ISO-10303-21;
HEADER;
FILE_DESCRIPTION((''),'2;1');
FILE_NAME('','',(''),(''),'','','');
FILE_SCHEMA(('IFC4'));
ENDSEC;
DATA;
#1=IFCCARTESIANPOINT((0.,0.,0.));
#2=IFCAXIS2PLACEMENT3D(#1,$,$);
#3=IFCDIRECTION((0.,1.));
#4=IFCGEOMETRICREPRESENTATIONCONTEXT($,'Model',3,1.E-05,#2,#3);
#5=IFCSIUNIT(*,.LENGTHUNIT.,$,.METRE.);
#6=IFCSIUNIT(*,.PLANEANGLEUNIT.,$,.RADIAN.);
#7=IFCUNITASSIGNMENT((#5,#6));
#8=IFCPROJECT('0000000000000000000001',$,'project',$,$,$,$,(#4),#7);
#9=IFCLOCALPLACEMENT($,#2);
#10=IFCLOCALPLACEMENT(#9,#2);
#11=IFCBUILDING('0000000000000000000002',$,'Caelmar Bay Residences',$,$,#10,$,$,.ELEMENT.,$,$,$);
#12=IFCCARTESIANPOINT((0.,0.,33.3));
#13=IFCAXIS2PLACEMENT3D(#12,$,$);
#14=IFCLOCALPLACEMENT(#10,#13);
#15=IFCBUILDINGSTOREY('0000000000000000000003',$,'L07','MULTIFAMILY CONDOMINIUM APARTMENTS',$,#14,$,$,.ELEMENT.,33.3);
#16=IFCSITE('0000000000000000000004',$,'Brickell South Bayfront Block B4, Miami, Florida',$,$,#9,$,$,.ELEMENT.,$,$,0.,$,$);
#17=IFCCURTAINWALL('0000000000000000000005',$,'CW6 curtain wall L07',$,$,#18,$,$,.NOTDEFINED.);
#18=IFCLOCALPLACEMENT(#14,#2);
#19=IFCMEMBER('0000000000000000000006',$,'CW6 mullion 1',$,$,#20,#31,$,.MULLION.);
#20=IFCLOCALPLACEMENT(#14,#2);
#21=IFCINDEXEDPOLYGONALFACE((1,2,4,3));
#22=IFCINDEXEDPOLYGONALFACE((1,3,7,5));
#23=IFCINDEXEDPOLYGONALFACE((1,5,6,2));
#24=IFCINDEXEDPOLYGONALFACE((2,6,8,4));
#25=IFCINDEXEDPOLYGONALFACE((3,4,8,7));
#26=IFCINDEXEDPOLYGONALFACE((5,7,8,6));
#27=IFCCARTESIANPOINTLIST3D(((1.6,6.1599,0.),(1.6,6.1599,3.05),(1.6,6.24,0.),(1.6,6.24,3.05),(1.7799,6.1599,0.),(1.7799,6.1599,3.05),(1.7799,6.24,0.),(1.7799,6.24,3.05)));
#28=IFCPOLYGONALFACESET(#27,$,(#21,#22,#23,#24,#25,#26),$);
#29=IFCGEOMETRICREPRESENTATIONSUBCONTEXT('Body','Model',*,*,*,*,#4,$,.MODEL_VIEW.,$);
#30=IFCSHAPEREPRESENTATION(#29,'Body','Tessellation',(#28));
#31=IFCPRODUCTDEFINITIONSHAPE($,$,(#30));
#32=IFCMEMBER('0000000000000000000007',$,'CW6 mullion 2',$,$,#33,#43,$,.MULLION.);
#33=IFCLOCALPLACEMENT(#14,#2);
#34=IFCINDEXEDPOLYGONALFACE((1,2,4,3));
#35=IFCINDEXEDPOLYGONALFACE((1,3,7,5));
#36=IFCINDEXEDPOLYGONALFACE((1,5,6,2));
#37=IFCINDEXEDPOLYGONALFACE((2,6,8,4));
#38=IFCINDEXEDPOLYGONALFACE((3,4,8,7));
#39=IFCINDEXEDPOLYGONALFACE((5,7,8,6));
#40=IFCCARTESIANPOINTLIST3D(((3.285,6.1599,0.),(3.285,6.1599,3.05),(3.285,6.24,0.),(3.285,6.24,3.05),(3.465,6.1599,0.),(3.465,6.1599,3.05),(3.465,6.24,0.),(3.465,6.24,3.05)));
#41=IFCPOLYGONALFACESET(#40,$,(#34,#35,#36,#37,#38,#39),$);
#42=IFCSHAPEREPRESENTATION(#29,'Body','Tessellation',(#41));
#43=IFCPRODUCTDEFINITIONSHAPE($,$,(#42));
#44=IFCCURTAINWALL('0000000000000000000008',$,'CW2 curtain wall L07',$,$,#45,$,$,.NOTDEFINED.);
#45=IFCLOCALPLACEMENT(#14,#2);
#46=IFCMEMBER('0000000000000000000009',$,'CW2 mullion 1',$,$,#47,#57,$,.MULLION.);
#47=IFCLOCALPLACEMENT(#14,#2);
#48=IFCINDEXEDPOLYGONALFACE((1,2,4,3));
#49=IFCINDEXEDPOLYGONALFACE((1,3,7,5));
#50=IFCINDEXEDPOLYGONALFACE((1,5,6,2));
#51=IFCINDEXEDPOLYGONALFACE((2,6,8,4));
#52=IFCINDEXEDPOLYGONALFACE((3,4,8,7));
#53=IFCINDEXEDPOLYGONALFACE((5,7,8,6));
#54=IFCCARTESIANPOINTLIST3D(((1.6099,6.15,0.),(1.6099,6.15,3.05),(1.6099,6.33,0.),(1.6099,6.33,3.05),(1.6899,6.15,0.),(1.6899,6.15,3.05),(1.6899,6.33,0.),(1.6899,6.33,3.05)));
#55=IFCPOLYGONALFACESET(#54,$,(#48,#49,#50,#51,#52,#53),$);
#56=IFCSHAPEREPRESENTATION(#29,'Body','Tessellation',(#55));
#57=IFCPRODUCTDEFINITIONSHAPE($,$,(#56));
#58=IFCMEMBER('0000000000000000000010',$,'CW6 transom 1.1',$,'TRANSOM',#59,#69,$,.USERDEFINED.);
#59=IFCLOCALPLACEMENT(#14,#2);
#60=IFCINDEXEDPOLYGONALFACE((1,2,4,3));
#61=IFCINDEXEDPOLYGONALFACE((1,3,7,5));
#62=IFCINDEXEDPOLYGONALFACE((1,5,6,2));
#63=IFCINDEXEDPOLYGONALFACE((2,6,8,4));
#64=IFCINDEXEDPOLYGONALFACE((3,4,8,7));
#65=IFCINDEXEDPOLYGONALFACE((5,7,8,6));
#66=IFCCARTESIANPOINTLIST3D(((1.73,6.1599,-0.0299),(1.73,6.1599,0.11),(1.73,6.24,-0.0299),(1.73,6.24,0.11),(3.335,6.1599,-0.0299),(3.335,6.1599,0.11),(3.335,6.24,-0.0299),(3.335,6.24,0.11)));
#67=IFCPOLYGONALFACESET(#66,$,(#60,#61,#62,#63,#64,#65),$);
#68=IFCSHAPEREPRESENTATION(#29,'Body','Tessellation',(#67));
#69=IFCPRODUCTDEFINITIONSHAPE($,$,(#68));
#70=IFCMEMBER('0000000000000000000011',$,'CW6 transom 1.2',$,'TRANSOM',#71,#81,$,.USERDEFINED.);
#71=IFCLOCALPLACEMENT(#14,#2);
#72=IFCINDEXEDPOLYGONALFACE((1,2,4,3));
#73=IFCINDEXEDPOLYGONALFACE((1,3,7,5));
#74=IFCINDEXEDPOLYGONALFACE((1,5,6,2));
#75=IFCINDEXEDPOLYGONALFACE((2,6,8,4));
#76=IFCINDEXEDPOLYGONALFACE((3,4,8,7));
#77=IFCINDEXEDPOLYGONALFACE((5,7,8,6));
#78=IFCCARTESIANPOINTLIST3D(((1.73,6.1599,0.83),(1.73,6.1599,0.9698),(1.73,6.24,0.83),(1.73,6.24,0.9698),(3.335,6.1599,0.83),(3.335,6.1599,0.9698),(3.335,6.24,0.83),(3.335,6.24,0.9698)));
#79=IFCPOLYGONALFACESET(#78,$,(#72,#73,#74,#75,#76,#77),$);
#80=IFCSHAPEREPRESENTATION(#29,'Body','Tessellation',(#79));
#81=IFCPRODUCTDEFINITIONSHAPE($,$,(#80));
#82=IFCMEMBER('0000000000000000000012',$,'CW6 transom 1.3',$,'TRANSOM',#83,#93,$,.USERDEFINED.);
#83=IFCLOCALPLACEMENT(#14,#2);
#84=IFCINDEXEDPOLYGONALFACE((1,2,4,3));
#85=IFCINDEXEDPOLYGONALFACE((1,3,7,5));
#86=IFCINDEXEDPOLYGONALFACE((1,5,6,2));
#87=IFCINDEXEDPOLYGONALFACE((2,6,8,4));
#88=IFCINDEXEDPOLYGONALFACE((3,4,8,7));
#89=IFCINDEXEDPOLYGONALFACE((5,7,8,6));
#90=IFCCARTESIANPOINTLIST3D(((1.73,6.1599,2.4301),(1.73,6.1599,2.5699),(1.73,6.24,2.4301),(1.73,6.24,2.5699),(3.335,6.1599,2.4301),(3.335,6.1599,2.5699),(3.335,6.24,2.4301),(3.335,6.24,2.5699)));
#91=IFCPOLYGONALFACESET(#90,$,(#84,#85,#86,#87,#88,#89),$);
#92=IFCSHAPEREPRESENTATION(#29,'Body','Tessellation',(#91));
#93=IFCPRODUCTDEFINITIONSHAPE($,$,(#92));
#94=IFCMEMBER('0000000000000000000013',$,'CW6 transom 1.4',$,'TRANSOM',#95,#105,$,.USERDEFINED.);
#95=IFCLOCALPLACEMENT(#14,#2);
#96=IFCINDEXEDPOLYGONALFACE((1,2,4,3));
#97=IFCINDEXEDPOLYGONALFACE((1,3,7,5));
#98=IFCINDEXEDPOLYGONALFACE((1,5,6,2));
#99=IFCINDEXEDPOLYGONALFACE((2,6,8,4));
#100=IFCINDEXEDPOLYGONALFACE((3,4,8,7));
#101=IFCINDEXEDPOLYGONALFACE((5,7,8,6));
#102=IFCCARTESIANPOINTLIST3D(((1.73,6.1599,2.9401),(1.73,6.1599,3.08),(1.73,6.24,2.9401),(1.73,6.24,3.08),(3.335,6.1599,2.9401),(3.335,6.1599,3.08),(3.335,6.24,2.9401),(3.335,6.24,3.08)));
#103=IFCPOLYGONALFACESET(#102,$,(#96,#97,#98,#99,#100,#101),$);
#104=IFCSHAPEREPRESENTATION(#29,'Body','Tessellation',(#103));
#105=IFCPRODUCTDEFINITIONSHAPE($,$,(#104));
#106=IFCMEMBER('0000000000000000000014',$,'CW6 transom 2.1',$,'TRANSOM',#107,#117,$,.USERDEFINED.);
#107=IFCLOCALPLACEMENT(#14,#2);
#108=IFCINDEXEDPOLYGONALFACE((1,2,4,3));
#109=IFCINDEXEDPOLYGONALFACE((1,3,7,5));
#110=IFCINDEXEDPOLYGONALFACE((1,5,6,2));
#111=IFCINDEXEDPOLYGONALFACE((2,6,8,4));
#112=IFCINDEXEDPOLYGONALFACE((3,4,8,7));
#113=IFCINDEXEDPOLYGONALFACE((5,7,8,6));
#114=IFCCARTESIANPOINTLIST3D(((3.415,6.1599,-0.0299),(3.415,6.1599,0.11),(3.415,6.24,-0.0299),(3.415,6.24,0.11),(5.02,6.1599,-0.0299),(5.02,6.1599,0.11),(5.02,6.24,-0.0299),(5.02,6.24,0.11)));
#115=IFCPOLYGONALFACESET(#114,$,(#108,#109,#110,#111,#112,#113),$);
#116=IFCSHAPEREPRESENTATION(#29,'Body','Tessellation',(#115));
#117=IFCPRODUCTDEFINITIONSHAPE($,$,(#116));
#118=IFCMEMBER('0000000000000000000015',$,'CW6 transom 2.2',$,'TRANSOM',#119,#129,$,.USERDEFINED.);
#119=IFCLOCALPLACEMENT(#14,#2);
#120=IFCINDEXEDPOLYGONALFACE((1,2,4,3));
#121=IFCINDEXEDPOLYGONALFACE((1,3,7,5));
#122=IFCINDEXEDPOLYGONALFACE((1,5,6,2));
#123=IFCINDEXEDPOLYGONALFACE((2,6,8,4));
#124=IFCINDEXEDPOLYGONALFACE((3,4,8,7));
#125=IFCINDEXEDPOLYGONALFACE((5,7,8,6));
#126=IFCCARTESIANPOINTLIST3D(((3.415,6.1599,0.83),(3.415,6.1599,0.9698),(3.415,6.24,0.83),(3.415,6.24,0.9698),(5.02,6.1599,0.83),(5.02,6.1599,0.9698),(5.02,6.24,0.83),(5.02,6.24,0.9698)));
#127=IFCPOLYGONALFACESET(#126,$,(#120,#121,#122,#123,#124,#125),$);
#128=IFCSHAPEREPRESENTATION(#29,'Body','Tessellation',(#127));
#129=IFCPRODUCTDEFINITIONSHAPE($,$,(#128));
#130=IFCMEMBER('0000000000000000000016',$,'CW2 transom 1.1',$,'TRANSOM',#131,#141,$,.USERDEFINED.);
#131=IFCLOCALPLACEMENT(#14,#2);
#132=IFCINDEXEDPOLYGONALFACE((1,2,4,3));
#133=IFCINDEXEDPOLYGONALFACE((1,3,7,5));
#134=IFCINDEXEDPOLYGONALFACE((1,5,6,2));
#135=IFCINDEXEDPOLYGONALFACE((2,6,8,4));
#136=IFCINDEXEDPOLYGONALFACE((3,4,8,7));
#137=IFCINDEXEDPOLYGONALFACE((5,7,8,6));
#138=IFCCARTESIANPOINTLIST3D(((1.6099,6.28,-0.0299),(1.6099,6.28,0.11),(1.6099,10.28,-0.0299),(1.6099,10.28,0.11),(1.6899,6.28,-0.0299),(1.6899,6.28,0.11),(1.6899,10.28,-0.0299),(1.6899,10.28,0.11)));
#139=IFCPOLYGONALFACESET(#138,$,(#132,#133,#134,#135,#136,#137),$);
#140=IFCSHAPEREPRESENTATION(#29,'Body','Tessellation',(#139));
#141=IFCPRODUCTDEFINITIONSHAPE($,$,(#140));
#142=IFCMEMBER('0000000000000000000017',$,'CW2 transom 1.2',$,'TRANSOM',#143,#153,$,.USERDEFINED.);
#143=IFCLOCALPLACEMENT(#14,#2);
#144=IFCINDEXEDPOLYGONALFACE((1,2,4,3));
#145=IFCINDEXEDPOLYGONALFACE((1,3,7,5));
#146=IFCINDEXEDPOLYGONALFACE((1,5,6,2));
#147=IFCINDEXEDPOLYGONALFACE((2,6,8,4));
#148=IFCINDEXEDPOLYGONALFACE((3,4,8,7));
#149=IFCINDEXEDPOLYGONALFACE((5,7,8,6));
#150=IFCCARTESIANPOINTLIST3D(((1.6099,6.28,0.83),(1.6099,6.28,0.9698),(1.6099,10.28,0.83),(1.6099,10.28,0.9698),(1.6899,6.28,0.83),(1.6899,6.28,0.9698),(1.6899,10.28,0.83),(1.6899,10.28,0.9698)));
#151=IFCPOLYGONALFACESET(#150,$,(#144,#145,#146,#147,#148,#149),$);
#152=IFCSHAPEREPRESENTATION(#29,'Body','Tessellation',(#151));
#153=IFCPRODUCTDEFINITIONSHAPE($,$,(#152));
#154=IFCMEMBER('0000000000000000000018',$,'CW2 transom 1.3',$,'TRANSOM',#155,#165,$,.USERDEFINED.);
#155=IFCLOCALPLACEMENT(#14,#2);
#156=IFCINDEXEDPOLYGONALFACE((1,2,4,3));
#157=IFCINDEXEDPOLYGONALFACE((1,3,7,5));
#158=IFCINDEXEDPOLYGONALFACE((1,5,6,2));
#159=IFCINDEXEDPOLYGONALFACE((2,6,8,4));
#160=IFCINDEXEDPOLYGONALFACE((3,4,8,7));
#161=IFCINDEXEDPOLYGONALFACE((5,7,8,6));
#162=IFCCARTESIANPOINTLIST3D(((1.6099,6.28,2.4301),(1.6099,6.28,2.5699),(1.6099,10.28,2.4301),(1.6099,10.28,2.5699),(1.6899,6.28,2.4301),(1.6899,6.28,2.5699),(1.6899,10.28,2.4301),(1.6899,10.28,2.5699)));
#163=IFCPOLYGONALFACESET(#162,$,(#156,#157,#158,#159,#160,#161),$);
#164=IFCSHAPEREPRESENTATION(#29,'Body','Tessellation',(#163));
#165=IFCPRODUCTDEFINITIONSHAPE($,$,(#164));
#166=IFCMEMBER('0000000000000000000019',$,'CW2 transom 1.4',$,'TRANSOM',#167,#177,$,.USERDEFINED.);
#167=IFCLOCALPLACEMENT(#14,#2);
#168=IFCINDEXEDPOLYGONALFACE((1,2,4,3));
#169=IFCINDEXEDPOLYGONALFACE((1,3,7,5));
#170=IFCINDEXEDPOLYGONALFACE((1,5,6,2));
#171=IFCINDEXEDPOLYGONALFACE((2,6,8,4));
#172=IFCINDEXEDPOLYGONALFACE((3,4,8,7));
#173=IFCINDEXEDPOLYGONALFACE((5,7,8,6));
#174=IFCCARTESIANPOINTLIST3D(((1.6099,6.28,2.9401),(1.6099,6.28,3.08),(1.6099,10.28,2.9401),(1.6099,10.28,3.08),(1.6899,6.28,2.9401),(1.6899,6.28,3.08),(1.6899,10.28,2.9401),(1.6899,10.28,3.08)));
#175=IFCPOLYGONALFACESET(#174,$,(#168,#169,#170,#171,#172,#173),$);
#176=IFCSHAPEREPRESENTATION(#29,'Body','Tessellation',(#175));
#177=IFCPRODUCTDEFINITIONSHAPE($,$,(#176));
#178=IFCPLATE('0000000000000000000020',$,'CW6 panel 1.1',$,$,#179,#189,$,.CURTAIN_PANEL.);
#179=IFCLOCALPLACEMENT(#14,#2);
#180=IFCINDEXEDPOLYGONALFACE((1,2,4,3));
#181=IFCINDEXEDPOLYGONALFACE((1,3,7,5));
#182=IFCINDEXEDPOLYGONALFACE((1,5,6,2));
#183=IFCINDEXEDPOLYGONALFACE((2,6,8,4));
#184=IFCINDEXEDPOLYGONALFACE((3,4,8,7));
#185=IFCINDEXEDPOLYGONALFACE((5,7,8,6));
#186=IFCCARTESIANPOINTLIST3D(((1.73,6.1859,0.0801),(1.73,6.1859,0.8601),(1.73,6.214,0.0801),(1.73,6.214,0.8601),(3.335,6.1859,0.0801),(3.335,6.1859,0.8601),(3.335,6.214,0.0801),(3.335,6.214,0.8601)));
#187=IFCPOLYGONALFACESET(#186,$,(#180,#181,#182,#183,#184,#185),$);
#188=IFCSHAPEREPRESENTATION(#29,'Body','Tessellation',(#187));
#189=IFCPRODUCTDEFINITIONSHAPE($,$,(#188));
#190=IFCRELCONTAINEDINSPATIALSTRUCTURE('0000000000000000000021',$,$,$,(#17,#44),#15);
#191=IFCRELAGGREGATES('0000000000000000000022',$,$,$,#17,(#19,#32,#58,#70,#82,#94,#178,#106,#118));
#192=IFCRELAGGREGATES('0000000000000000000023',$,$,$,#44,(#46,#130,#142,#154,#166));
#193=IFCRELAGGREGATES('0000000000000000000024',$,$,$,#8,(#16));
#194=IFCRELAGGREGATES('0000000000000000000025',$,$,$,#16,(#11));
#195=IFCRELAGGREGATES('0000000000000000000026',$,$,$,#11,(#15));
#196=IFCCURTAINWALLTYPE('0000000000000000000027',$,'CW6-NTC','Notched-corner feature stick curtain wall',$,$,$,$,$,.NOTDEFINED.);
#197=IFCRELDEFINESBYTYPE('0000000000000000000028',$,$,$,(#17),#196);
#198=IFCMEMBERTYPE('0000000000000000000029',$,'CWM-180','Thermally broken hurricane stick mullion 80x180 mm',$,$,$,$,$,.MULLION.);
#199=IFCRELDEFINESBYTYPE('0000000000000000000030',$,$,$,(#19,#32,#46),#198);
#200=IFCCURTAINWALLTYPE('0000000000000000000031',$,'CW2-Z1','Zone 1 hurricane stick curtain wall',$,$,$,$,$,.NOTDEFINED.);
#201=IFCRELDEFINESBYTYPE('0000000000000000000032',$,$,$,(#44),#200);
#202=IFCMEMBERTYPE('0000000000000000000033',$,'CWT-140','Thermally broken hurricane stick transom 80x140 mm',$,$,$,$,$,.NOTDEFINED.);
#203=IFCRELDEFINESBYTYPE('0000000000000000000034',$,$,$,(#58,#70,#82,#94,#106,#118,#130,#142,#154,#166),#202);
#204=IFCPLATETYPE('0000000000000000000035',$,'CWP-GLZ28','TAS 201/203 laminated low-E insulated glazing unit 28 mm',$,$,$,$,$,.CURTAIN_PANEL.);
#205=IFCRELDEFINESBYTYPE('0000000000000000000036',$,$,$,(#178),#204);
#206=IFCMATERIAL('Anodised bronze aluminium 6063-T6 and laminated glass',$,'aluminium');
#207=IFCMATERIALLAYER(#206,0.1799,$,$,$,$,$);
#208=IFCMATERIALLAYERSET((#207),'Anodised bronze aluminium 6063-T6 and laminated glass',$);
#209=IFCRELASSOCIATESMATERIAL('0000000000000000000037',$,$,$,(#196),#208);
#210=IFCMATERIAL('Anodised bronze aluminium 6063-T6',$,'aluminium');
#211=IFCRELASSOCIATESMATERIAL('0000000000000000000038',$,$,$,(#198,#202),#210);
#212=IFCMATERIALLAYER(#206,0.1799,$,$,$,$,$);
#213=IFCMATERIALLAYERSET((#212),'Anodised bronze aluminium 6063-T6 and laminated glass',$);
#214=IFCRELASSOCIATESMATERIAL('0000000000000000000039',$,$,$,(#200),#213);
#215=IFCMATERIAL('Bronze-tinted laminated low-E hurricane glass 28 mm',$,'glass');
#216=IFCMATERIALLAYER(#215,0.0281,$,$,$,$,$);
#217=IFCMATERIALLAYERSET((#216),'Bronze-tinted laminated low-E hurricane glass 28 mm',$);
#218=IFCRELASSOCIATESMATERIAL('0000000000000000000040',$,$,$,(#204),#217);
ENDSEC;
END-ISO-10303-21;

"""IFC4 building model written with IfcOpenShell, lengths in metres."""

from ifc_helpers import new_model, si_unit, direction, frame, origin, origin_2d, place, context, subcontext, project, spatial, rectangle, extrude, material, layer, layer_set, material_profile, profile_set, type_object, element, aggregate, save


model = new_model("IFC4")

# Units and contexts
model_context = context("Model", 3, precision=1e-05, world=origin(), true_north=direction((0.0, 1.0)))
body_context = subcontext(model_context, "Body", "Model", "MODEL_VIEW")
ifc_project = project(units=[si_unit("LENGTHUNIT", "METRE"), si_unit("PLANEANGLEUNIT", "RADIAN")], contexts=[model_context])

# Site, building, storey
site_placement = place(None, origin())
site = spatial("IfcSite", under=ifc_project, at=site_placement, Name="Brickell South Bayfront Block B4, Miami, Florida", CompositionType="ELEMENT", RefElevation=0.0)
building_placement = place(site_placement, origin())
building = spatial("IfcBuilding", under=site, at=building_placement, Name="Caelmar Bay Residences", CompositionType="ELEMENT")
storey_placement = place(building_placement, frame((0.0, 0.0, 33.3)))
storey = spatial("IfcBuildingStorey", under=building, at=storey_placement, Name="L07", Description="MULTIFAMILY CONDOMINIUM APARTMENTS", CompositionType="ELEMENT", Elevation=33.3)

# Curtain wall, members
ifc_material_1 = material(Name="Anodised bronze aluminium 6063-T6 and laminated glass", Category="aluminium")
ifc_layer_1 = layer(ifc_material_1, 0.1799)
ifc_layer_set_1 = layer_set([ifc_layer_1], Name="Anodised bronze aluminium 6063-T6 and laminated glass")
curtain_wall_type_1 = type_object("IfcCurtainWallType", Name="CW6-NTC", Description="Notched-corner feature stick curtain wall", PredefinedType="NOTDEFINED", material=ifc_layer_set_1)
curtain_wall_1_placement = place(storey_placement, origin())
curtain_wall_1 = element("IfcCurtainWall", 1, at=curtain_wall_1_placement, inside=storey, type_object=curtain_wall_type_1, Name="CW6 curtain wall L07", PredefinedType="NOTDEFINED")
ifc_material_2 = material(Name="Anodised bronze aluminium 6063-T6", Category="aluminium")
ifc_material_profile_1 = material_profile(ifc_material_2, rectangle(XDim=0.0801, YDim=0.1799, at=origin_2d()), Name="CWM-80X180")
ifc_profile_set_1 = profile_set([ifc_material_profile_1], Name="Anodised bronze aluminium 6063-T6")
member_type_1 = type_object("IfcMemberType", Name="CWM-180", Description="Thermally broken hurricane stick mullion 80x180 mm", PredefinedType="MULLION", material=ifc_profile_set_1)
member_1_placement = place(storey_placement, frame((1.6899, 6.2, 0.0), z_axis=(0.0, 0.0, 1.0), x_axis=(0.0, 1.0, 0.0)))
member_1 = element("IfcMember", 2, at=member_1_placement, type_object=member_type_1, Name="CW6 mullion 1", PredefinedType="MULLION", context=body_context, shape_type="SweptSolid", body=[
    extrude(rectangle(XDim=0.0801, YDim=0.1799, at=origin_2d()), origin(), (0.0, 0.0, 1.0), 3.05),
])
member_2_placement = place(storey_placement, frame((3.375, 6.2, 0.0), z_axis=(0.0, 0.0, 1.0), x_axis=(0.0, 1.0, 0.0)))
member_2 = element("IfcMember", 3, at=member_2_placement, type_object=member_type_1, Name="CW6 mullion 2", PredefinedType="MULLION", context=body_context, shape_type="SweptSolid", body=[
    extrude(rectangle(XDim=0.0801, YDim=0.1799, at=origin_2d()), origin(), (0.0, 0.0, 1.0), 3.05),
])

# Curtain wall, member
ifc_layer_2 = layer(ifc_material_1, 0.1799)
ifc_layer_set_2 = layer_set([ifc_layer_2], Name="Anodised bronze aluminium 6063-T6 and laminated glass")
curtain_wall_type_2 = type_object("IfcCurtainWallType", Name="CW2-Z1", Description="Zone 1 hurricane stick curtain wall", PredefinedType="NOTDEFINED", material=ifc_layer_set_2)
curtain_wall_2_placement = place(storey_placement, origin())
curtain_wall_2 = element("IfcCurtainWall", 4, at=curtain_wall_2_placement, inside=storey, type_object=curtain_wall_type_2, Name="CW2 curtain wall L07", PredefinedType="NOTDEFINED")
member_3_placement = place(storey_placement, frame((1.6499, 6.24, 0.0), z_axis=(0.0, 0.0, 1.0), x_axis=(-1.0, 0.0, 0.0)))
member_3 = element("IfcMember", 5, at=member_3_placement, type_object=member_type_1, Name="CW2 mullion 1", PredefinedType="MULLION", context=body_context, shape_type="SweptSolid", body=[
    extrude(rectangle(XDim=0.0801, YDim=0.1799, at=origin_2d()), origin(), (0.0, 0.0, 1.0), 3.05),
])

# Members
ifc_material_profile_2 = material_profile(ifc_material_2, rectangle(XDim=0.0801, YDim=0.1399, at=origin_2d()), Name="CWT-80X140")
ifc_profile_set_2 = profile_set([ifc_material_profile_2], Name="Anodised bronze aluminium 6063-T6")
member_type_2 = type_object("IfcMemberType", Name="CWT-140", Description="Thermally broken hurricane stick transom 80x140 mm", PredefinedType="NOTDEFINED", material=ifc_profile_set_2)
member_4_placement = place(storey_placement, frame((1.73, 6.2, 0.04), z_axis=(1.0, 0.0, 0.0), x_axis=(0.0, 1.0, 0.0)))
member_4 = element("IfcMember", 6, at=member_4_placement, type_object=member_type_2, Name="CW6 transom 1.1", ObjectType="TRANSOM", PredefinedType="USERDEFINED", context=body_context, shape_type="SweptSolid", body=[
    extrude(rectangle(XDim=0.0801, YDim=0.1399, at=origin_2d()), origin(), (0.0, 0.0, 1.0), 1.605),
])
member_5_placement = place(storey_placement, frame((1.73, 6.2, 0.8999), z_axis=(1.0, 0.0, 0.0), x_axis=(0.0, 1.0, 0.0)))
member_5 = element("IfcMember", 7, at=member_5_placement, type_object=member_type_2, Name="CW6 transom 1.2", ObjectType="TRANSOM", PredefinedType="USERDEFINED", context=body_context, shape_type="SweptSolid", body=[
    extrude(rectangle(XDim=0.0801, YDim=0.1399, at=origin_2d()), origin(), (0.0, 0.0, 1.0), 1.605),
])
member_6_placement = place(storey_placement, frame((1.73, 6.2, 2.5), z_axis=(1.0, 0.0, 0.0), x_axis=(0.0, 1.0, 0.0)))
member_6 = element("IfcMember", 8, at=member_6_placement, type_object=member_type_2, Name="CW6 transom 1.3", ObjectType="TRANSOM", PredefinedType="USERDEFINED", context=body_context, shape_type="SweptSolid", body=[
    extrude(rectangle(XDim=0.0801, YDim=0.1399, at=origin_2d()), origin(), (0.0, 0.0, 1.0), 1.605),
])
member_7_placement = place(storey_placement, frame((1.73, 6.2, 3.01), z_axis=(1.0, 0.0, 0.0), x_axis=(0.0, 1.0, 0.0)))
member_7 = element("IfcMember", 9, at=member_7_placement, type_object=member_type_2, Name="CW6 transom 1.4", ObjectType="TRANSOM", PredefinedType="USERDEFINED", context=body_context, shape_type="SweptSolid", body=[
    extrude(rectangle(XDim=0.0801, YDim=0.1399, at=origin_2d()), origin(), (0.0, 0.0, 1.0), 1.605),
])
member_8_placement = place(storey_placement, frame((3.415, 6.2, 0.04), z_axis=(1.0, 0.0, 0.0), x_axis=(0.0, 1.0, 0.0)))
member_8 = element("IfcMember", 10, at=member_8_placement, type_object=member_type_2, Name="CW6 transom 2.1", ObjectType="TRANSOM", PredefinedType="USERDEFINED", context=body_context, shape_type="SweptSolid", body=[
    extrude(rectangle(XDim=0.0801, YDim=0.1399, at=origin_2d()), origin(), (0.0, 0.0, 1.0), 1.605),
])
member_9_placement = place(storey_placement, frame((3.415, 6.2, 0.8999), z_axis=(1.0, 0.0, 0.0), x_axis=(0.0, 1.0, 0.0)))
member_9 = element("IfcMember", 11, at=member_9_placement, type_object=member_type_2, Name="CW6 transom 2.2", ObjectType="TRANSOM", PredefinedType="USERDEFINED", context=body_context, shape_type="SweptSolid", body=[
    extrude(rectangle(XDim=0.0801, YDim=0.1399, at=origin_2d()), origin(), (0.0, 0.0, 1.0), 1.605),
])
member_10_placement = place(storey_placement, frame((1.6499, 6.28, 0.04), z_axis=(0.0, 1.0, 0.0), x_axis=(-1.0, 0.0, 0.0)))
member_10 = element("IfcMember", 12, at=member_10_placement, type_object=member_type_2, Name="CW2 transom 1.1", ObjectType="TRANSOM", PredefinedType="USERDEFINED", context=body_context, shape_type="SweptSolid", body=[
    extrude(rectangle(XDim=0.0801, YDim=0.1399, at=origin_2d()), origin(), (0.0, 0.0, 1.0), 4.0),
])
member_11_placement = place(storey_placement, frame((1.6499, 6.28, 0.8999), z_axis=(0.0, 1.0, 0.0), x_axis=(-1.0, 0.0, 0.0)))
member_11 = element("IfcMember", 13, at=member_11_placement, type_object=member_type_2, Name="CW2 transom 1.2", ObjectType="TRANSOM", PredefinedType="USERDEFINED", context=body_context, shape_type="SweptSolid", body=[
    extrude(rectangle(XDim=0.0801, YDim=0.1399, at=origin_2d()), origin(), (0.0, 0.0, 1.0), 4.0),
])
member_12_placement = place(storey_placement, frame((1.6499, 6.28, 2.5), z_axis=(0.0, 1.0, 0.0), x_axis=(-1.0, 0.0, 0.0)))
member_12 = element("IfcMember", 14, at=member_12_placement, type_object=member_type_2, Name="CW2 transom 1.3", ObjectType="TRANSOM", PredefinedType="USERDEFINED", context=body_context, shape_type="SweptSolid", body=[
    extrude(rectangle(XDim=0.0801, YDim=0.1399, at=origin_2d()), origin(), (0.0, 0.0, 1.0), 4.0),
])
member_13_placement = place(storey_placement, frame((1.6499, 6.28, 3.01), z_axis=(0.0, 1.0, 0.0), x_axis=(-1.0, 0.0, 0.0)))
member_13 = element("IfcMember", 15, at=member_13_placement, type_object=member_type_2, Name="CW2 transom 1.4", ObjectType="TRANSOM", PredefinedType="USERDEFINED", context=body_context, shape_type="SweptSolid", body=[
    extrude(rectangle(XDim=0.0801, YDim=0.1399, at=origin_2d()), origin(), (0.0, 0.0, 1.0), 4.0),
])

# Plate
ifc_material_3 = material(Name="Bronze-tinted laminated low-E hurricane glass 28 mm", Category="glass")
ifc_layer_3 = layer(ifc_material_3, 0.0281)
ifc_layer_set_3 = layer_set([ifc_layer_3], Name="Bronze-tinted laminated low-E hurricane glass 28 mm")
plate_type = type_object("IfcPlateType", Name="CWP-GLZ28", Description="TAS 201/203 laminated low-E insulated glazing unit 28 mm", PredefinedType="CURTAIN_PANEL", material=ifc_layer_set_3)
plate_1_placement = place(storey_placement, frame((2.5325, 6.2, 0.0801), z_axis=(0.0, 0.0, 1.0), x_axis=(1.0, 0.0, 0.0)))
plate_1 = element("IfcPlate", 16, at=plate_1_placement, type_object=plate_type, Name="CW6 panel 1.1", PredefinedType="CURTAIN_PANEL", context=body_context, shape_type="SweptSolid", body=[
    extrude(rectangle(XDim=1.605, YDim=0.0281, at=origin_2d()), origin(), (0.0, 0.0, 1.0), 0.78),
])
aggregate(curtain_wall_1, [member_1, member_2, member_4, member_5, member_6, member_7, plate_1, member_8, member_9])
aggregate(curtain_wall_2, [member_3, member_10, member_11, member_12, member_13])

save(model, "model.ifc")
